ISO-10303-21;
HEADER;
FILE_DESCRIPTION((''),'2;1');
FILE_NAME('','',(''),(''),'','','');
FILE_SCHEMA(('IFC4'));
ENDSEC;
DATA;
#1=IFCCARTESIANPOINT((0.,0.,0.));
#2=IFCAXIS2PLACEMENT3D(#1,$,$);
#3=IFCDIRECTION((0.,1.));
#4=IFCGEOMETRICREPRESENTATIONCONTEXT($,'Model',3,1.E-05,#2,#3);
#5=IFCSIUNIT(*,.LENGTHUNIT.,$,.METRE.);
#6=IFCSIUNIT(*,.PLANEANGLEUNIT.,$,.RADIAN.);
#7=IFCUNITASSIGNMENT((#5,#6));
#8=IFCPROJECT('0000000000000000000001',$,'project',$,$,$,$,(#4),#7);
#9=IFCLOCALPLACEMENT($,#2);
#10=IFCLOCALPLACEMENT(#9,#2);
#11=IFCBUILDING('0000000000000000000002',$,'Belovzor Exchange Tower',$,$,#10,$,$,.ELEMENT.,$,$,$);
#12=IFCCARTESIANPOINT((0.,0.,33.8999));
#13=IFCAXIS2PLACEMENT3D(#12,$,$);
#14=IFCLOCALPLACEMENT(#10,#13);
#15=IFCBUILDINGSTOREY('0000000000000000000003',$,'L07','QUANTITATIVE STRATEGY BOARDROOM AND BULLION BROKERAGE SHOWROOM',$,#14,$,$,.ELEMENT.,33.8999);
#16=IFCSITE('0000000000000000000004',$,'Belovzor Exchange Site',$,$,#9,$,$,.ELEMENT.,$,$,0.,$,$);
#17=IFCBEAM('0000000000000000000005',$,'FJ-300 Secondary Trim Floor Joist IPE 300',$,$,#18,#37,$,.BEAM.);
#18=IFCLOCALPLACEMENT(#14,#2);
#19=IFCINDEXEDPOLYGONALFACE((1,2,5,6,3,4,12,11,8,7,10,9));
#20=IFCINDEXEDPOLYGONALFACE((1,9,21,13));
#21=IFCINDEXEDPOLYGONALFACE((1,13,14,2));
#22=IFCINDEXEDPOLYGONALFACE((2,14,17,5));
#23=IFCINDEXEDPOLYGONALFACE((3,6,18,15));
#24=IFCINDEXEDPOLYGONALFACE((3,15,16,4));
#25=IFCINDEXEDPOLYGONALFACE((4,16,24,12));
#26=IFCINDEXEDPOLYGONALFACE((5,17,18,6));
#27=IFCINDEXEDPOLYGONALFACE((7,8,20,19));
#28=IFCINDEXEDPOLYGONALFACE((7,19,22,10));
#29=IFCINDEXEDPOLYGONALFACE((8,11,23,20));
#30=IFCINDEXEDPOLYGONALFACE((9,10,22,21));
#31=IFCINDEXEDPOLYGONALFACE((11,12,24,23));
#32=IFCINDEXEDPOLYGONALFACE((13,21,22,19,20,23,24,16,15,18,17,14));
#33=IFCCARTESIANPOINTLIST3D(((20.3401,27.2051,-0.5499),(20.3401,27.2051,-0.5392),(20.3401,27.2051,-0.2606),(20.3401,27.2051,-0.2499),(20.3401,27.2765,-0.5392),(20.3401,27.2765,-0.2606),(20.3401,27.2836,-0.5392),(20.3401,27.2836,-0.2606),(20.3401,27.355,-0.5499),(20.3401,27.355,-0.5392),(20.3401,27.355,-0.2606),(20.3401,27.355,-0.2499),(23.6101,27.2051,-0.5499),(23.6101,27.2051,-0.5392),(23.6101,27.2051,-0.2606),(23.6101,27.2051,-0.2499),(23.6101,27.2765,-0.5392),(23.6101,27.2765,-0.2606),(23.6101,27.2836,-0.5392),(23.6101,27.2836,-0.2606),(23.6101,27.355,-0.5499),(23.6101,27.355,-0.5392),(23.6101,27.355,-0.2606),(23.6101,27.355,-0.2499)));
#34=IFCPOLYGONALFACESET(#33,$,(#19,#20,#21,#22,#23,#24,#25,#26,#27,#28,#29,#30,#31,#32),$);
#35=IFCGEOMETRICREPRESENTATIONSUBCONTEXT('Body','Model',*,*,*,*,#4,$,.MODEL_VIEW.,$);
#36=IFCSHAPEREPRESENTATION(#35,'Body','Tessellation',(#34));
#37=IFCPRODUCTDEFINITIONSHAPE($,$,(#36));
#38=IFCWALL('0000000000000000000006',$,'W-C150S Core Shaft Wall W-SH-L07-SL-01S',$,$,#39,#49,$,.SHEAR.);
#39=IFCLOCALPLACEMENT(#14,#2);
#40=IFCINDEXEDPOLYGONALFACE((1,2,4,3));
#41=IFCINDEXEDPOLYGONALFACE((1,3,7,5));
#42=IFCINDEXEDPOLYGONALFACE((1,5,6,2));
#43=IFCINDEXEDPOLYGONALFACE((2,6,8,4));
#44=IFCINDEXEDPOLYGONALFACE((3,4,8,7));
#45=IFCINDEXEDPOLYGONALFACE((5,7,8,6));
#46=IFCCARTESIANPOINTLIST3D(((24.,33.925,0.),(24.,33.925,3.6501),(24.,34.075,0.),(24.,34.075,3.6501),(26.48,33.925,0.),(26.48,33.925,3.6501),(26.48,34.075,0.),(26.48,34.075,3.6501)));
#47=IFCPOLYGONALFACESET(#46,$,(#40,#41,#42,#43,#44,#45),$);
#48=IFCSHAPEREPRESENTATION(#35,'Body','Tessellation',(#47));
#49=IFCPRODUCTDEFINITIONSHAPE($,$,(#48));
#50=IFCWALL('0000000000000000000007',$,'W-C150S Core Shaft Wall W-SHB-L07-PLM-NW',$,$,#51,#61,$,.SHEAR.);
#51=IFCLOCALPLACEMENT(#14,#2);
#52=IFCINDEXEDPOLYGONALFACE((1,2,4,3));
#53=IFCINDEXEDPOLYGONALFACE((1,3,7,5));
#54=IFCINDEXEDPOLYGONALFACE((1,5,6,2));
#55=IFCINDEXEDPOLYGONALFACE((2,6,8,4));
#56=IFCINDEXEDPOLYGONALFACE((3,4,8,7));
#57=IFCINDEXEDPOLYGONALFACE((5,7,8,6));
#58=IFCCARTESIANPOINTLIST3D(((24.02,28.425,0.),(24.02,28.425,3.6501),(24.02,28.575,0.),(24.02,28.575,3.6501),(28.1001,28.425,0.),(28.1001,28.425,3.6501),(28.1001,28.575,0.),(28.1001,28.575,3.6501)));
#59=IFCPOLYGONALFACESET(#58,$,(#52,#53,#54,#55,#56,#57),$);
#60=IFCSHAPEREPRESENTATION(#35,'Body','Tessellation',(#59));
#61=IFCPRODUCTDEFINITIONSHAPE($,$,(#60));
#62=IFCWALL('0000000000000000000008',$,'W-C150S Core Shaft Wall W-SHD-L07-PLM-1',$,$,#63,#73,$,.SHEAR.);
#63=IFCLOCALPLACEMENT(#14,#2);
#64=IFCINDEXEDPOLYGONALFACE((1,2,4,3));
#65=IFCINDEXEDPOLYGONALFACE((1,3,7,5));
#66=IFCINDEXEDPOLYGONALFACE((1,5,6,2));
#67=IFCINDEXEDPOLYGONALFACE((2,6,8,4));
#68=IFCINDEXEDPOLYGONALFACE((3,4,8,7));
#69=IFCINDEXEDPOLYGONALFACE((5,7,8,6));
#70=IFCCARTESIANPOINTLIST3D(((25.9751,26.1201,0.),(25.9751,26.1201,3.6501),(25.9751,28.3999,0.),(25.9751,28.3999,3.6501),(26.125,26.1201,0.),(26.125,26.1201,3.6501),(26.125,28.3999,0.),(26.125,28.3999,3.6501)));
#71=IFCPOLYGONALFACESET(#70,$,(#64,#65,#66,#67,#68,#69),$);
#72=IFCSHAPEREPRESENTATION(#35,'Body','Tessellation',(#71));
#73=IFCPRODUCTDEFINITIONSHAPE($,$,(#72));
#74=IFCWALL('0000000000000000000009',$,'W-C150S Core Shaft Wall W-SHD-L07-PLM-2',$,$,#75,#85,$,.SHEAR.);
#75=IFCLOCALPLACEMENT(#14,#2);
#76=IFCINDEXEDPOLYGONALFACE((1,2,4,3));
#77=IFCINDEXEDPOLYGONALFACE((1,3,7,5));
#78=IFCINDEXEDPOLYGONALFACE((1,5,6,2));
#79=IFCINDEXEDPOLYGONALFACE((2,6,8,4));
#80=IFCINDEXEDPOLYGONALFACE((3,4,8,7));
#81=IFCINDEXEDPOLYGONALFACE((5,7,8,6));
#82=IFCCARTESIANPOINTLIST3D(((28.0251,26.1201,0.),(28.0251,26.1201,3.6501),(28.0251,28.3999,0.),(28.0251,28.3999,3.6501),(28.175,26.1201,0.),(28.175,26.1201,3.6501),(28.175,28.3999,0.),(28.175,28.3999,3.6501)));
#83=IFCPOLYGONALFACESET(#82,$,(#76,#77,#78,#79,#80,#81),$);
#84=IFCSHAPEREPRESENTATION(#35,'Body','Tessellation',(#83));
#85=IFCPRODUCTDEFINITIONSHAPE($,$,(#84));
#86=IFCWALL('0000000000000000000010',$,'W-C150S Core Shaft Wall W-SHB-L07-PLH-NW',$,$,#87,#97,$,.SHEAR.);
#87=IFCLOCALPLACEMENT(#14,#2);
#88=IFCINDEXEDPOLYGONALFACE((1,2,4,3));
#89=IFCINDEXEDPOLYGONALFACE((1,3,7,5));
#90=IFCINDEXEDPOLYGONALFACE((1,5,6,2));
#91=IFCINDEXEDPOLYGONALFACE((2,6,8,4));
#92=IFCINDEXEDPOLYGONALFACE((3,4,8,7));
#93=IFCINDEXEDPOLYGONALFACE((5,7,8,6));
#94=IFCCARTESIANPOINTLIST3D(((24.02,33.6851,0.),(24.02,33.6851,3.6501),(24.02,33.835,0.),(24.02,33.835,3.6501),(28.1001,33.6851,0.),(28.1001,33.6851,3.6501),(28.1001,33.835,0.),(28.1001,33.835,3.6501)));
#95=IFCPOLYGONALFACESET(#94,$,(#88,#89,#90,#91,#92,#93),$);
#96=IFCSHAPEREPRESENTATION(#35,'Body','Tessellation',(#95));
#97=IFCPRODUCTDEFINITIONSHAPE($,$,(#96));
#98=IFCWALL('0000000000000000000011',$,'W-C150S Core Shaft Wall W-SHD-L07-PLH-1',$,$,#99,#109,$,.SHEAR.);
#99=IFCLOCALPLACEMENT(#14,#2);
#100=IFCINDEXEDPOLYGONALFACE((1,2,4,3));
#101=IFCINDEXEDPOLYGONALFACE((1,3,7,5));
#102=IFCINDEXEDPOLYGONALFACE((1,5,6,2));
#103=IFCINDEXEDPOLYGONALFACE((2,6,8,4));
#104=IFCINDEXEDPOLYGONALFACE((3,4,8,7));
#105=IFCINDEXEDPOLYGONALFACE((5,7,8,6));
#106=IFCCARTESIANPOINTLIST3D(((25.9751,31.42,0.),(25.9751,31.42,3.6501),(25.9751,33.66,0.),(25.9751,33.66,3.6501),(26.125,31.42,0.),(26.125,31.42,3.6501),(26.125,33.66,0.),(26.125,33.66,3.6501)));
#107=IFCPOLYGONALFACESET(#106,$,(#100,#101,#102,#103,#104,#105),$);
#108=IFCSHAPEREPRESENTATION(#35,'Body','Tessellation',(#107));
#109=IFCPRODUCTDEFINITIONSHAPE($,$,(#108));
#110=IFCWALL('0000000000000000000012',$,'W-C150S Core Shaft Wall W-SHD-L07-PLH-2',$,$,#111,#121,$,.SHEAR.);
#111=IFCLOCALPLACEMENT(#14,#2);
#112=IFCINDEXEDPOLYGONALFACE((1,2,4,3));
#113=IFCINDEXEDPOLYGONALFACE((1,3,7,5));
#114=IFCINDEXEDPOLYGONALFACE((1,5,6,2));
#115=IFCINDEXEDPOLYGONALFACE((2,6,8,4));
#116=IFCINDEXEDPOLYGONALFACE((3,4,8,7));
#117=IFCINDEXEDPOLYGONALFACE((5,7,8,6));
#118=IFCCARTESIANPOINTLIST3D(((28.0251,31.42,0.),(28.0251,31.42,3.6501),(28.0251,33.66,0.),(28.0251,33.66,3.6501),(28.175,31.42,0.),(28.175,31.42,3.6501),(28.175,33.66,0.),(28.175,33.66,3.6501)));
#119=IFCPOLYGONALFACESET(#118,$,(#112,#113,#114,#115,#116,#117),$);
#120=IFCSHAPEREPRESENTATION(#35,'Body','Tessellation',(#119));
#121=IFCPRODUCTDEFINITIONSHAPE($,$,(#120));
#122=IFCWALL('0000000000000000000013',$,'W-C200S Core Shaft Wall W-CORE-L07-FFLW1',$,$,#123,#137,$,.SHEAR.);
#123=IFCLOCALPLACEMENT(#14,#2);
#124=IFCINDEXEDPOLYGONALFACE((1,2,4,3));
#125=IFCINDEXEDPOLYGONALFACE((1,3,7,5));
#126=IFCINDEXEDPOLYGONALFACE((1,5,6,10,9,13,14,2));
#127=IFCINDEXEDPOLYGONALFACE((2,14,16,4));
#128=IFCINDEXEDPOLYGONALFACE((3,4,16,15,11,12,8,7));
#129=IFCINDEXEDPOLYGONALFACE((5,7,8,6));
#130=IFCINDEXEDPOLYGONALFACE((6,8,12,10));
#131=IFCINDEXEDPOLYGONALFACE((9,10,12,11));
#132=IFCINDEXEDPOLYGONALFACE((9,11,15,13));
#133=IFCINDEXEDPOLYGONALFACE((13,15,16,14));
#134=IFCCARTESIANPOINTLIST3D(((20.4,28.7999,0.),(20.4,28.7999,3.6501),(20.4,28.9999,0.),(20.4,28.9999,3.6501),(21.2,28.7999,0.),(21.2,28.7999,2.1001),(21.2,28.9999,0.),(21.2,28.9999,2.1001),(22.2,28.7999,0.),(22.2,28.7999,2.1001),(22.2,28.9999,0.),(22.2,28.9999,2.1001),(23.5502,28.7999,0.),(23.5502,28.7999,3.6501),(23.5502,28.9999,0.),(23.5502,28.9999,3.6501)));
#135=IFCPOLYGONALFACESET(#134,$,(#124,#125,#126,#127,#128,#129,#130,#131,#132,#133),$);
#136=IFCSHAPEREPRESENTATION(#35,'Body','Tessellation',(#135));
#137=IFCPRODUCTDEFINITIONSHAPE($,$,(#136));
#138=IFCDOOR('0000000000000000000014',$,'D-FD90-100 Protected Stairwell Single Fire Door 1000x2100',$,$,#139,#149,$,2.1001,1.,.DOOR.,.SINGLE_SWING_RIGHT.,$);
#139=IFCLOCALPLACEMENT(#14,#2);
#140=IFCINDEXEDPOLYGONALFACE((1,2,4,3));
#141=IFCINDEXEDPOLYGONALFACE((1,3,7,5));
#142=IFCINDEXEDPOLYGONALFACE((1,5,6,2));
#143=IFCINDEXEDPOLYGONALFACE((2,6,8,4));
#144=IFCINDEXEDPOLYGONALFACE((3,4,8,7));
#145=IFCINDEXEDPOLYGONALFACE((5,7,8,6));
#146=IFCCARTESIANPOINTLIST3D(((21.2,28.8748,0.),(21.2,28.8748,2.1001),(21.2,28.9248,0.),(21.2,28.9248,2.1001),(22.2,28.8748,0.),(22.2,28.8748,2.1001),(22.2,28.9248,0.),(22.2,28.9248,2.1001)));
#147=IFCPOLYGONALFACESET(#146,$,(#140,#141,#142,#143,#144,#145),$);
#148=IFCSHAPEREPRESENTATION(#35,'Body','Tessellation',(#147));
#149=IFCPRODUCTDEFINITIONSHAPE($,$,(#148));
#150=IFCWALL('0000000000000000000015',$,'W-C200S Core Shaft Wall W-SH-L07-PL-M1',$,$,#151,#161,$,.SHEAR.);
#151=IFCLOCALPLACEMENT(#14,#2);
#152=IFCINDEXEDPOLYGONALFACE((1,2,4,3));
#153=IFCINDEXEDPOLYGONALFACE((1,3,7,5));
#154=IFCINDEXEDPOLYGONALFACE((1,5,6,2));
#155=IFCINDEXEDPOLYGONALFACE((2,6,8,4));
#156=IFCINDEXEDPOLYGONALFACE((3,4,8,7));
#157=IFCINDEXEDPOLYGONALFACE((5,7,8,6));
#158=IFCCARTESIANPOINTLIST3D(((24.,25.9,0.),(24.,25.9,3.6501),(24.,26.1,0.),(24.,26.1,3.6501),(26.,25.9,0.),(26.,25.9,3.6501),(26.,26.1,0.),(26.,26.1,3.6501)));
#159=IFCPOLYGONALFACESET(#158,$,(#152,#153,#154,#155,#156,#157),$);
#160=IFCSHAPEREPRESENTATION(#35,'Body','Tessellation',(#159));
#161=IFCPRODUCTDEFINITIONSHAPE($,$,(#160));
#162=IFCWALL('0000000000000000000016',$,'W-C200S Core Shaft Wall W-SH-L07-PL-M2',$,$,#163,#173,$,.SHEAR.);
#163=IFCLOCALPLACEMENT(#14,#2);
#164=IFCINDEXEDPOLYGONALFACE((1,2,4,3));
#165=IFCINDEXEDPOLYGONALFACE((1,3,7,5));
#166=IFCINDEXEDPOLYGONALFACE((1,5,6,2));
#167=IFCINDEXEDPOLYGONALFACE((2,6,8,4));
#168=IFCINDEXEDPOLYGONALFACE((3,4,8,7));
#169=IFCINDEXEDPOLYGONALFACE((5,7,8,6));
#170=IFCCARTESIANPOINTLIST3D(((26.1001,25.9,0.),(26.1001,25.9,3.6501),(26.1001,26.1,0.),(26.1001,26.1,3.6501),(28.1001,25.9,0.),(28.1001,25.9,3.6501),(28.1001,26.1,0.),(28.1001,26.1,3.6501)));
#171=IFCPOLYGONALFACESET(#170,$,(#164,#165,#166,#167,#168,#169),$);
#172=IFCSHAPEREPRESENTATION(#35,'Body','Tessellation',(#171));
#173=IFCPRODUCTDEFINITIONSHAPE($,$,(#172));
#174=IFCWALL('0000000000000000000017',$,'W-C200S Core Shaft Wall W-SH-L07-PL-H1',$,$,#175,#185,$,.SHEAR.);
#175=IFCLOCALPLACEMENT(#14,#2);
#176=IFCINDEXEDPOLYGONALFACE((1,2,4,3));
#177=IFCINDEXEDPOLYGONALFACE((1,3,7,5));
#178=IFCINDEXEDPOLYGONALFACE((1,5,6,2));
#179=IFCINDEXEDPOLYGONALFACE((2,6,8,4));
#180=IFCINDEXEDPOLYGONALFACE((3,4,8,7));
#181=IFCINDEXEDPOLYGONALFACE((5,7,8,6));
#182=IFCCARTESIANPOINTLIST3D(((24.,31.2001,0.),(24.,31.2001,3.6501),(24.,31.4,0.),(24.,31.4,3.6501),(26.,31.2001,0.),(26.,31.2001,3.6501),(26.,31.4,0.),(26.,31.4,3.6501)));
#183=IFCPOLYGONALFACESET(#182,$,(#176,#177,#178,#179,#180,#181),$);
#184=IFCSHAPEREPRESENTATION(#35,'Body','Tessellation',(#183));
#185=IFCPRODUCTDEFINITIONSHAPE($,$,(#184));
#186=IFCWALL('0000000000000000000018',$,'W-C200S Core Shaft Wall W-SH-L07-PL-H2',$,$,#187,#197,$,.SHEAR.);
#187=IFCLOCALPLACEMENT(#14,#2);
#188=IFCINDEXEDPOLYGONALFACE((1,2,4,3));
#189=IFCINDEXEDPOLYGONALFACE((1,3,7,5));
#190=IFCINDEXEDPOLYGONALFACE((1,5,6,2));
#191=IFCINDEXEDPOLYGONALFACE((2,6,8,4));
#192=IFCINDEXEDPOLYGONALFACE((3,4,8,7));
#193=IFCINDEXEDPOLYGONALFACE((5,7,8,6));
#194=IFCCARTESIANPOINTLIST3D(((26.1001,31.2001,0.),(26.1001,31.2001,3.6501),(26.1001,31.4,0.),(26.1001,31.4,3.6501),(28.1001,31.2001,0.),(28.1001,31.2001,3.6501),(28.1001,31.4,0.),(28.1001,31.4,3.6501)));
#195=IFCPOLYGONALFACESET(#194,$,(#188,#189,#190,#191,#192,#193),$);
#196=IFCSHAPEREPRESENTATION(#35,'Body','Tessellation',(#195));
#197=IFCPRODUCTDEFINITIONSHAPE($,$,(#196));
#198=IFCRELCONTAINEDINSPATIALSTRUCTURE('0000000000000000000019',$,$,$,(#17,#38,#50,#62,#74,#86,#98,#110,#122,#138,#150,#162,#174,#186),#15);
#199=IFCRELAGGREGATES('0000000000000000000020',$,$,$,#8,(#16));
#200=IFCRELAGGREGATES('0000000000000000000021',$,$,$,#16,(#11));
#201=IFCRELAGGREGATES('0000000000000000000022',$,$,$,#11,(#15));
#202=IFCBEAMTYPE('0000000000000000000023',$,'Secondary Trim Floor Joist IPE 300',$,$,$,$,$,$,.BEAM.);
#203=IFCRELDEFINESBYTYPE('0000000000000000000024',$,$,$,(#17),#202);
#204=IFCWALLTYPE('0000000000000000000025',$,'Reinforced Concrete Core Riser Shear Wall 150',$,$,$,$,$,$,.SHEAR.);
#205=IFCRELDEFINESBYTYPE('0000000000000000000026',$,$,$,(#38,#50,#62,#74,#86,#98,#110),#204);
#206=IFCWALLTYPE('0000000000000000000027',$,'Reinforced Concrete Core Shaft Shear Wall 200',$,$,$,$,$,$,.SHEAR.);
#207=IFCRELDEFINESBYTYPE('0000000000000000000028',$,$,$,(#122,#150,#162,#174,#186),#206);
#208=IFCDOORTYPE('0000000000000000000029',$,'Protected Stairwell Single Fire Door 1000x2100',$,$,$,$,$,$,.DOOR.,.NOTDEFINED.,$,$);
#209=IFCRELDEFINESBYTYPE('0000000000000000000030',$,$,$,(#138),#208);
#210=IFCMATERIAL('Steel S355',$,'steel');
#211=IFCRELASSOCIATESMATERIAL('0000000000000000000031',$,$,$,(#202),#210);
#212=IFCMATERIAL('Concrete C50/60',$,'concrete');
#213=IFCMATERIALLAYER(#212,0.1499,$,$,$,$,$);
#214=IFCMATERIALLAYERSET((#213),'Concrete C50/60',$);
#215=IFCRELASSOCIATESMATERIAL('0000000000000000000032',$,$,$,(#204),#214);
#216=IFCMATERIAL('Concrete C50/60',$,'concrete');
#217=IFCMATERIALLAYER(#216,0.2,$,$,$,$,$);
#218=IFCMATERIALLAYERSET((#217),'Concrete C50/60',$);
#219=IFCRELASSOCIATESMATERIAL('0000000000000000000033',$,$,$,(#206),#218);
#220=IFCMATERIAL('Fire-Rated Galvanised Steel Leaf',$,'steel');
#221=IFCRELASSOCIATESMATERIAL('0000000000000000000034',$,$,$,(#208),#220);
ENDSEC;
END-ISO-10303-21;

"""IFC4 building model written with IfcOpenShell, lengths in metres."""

from ifc_helpers import new_model, si_unit, direction, frame, frame_2d, origin, origin_2d, place, context, subcontext, project, spatial, rectangle, i_section, extrude, material, layer, layer_set, material_profile, profile_set, type_object, element, fill, save


model = new_model("IFC4")

# Units and contexts
model_context = context("Model", 3, precision=1e-05, world=origin(), true_north=direction((0.0, 1.0)))
body_context = subcontext(model_context, "Body", "Model", "MODEL_VIEW")
ifc_project = project(units=[si_unit("LENGTHUNIT", "METRE"), si_unit("PLANEANGLEUNIT", "RADIAN")], contexts=[model_context])

# Site, building, storey
site_placement = place(None, origin())
site = spatial("IfcSite", under=ifc_project, at=site_placement, Name="Belovzor Exchange Site", CompositionType="ELEMENT", RefElevation=0.0)
building_placement = place(site_placement, origin())
building = spatial("IfcBuilding", under=site, at=building_placement, Name="Belovzor Exchange Tower", CompositionType="ELEMENT")
storey_placement = place(building_placement, frame((0.0, 0.0, 33.8999)))
storey = spatial("IfcBuildingStorey", under=building, at=storey_placement, Name="L07", Description="QUANTITATIVE STRATEGY BOARDROOM AND BULLION BROKERAGE SHOWROOM", CompositionType="ELEMENT", Elevation=33.8999)

# Beam
ifc_material_1 = material(Name="Steel S355", Category="steel")
ifc_material_profile = material_profile(ifc_material_1, i_section(OverallWidth=0.1499, OverallDepth=0.3, WebThickness=0.0071, FlangeThickness=0.0107, at=origin_2d()))
ifc_profile_set = profile_set([ifc_material_profile], Name="Steel S355")
beam_type = type_object("IfcBeamType", Name="Secondary Trim Floor Joist IPE 300", PredefinedType="BEAM", material=ifc_profile_set)
beam_placement = place(storey_placement, frame((20.3401, 27.28, -0.3999), z_axis=(1.0, 0.0, 0.0), x_axis=(0.0, 1.0, 0.0)))
element("IfcBeam", 1, at=beam_placement, inside=storey, type_object=beam_type, Name="FJ-300 Secondary Trim Floor Joist IPE 300", PredefinedType="BEAM", context=body_context, shape_type="SweptSolid", body=[
    extrude(i_section(OverallWidth=0.1499, OverallDepth=0.3, WebThickness=0.0071, FlangeThickness=0.0107, at=origin_2d()), origin(), (0.0, 0.0, 1.0), 3.27),
])

# Walls
ifc_material_2 = material(Name="Concrete C50/60", Category="concrete")
ifc_layer_1 = layer(ifc_material_2, 0.1499)
ifc_layer_set_1 = layer_set([ifc_layer_1], Name="Concrete C50/60")
wall_type_1 = type_object("IfcWallType", Name="Reinforced Concrete Core Riser Shear Wall 150", PredefinedType="SHEAR", material=ifc_layer_set_1)
wall_1_placement = place(storey_placement, frame((24.0, 34.0, 0.0), z_axis=(0.0, 0.0, 1.0), x_axis=(1.0, 0.0, 0.0)))
element("IfcWall", 2, at=wall_1_placement, inside=storey, type_object=wall_type_1, Name="W-C150S Core Shaft Wall W-SH-L07-SL-01S", PredefinedType="SHEAR", context=body_context, shape_type="SweptSolid", body=[
    extrude(rectangle(XDim=2.48, YDim=0.1499, at=frame_2d((1.24, 0.0))), origin(), (0.0, 0.0, 1.0), 3.6501),
])
wall_2_placement = place(storey_placement, frame((24.02, 28.5, 0.0), z_axis=(0.0, 0.0, 1.0), x_axis=(1.0, 0.0, 0.0)))
element("IfcWall", 3, at=wall_2_placement, inside=storey, type_object=wall_type_1, Name="W-C150S Core Shaft Wall W-SHB-L07-PLM-NW", PredefinedType="SHEAR", context=body_context, shape_type="SweptSolid", body=[
    extrude(rectangle(XDim=4.0801, YDim=0.1499, at=frame_2d((2.04, 0.0))), origin(), (0.0, 0.0, 1.0), 3.6501),
])
for number, where, z_axis, x_axis, name in (
    (4, (26.05, 26.1201, 0.0), (0.0, 0.0, 1.0), (0.0, 1.0, 0.0), "W-C150S Core Shaft Wall W-SHD-L07-PLM-1"),
    (5, (28.1001, 26.1201, 0.0), (0.0, 0.0, 1.0), (0.0, 1.0, 0.0), "W-C150S Core Shaft Wall W-SHD-L07-PLM-2"),
):
    element("IfcWall", number, at=place(storey_placement, frame(where, z_axis=z_axis, x_axis=x_axis)), inside=storey, type_object=wall_type_1, Name=name, PredefinedType="SHEAR", context=body_context, shape_type="SweptSolid", body=[
        extrude(rectangle(XDim=2.2798, YDim=0.1499, at=frame_2d((1.1399, 0.0))), origin(), (0.0, 0.0, 1.0), 3.6501),
    ])
wall_3_placement = place(storey_placement, frame((24.02, 33.76, 0.0), z_axis=(0.0, 0.0, 1.0), x_axis=(1.0, 0.0, 0.0)))
element("IfcWall", 6, at=wall_3_placement, inside=storey, type_object=wall_type_1, Name="W-C150S Core Shaft Wall W-SHB-L07-PLH-NW", PredefinedType="SHEAR", context=body_context, shape_type="SweptSolid", body=[
    extrude(rectangle(XDim=4.0801, YDim=0.1499, at=frame_2d((2.04, 0.0))), origin(), (0.0, 0.0, 1.0), 3.6501),
])
for number, where, z_axis, x_axis, name in (
    (7, (26.05, 31.4199, 0.0), (0.0, 0.0, 1.0), (0.0, 1.0, 0.0), "W-C150S Core Shaft Wall W-SHD-L07-PLH-1"),
    (8, (28.1001, 31.4199, 0.0), (0.0, 0.0, 1.0), (0.0, 1.0, 0.0), "W-C150S Core Shaft Wall W-SHD-L07-PLH-2"),
):
    element("IfcWall", number, at=place(storey_placement, frame(where, z_axis=z_axis, x_axis=x_axis)), inside=storey, type_object=wall_type_1, Name=name, PredefinedType="SHEAR", context=body_context, shape_type="SweptSolid", body=[
        extrude(rectangle(XDim=2.24, YDim=0.1499, at=frame_2d((1.1201, 0.0))), origin(), (0.0, 0.0, 1.0), 3.6501),
    ])

# Wall, opening, door
ifc_material_3 = material(Name="Concrete C50/60", Category="concrete")
ifc_layer_2 = layer(ifc_material_3, 0.2)
ifc_layer_set_2 = layer_set([ifc_layer_2], Name="Concrete C50/60")
wall_type_2 = type_object("IfcWallType", Name="Reinforced Concrete Core Shaft Shear Wall 200", PredefinedType="SHEAR", material=ifc_layer_set_2)
wall_4_placement = place(storey_placement, frame((20.3999, 28.8999, 0.0), z_axis=(0.0, 0.0, 1.0), x_axis=(1.0, 0.0, 0.0)))
wall_4 = element("IfcWall", 9, at=wall_4_placement, inside=storey, type_object=wall_type_2, Name="W-C200S Core Shaft Wall W-CORE-L07-FFLW1", PredefinedType="SHEAR", context=body_context, shape_type="SweptSolid", body=[
    extrude(rectangle(XDim=3.1501, YDim=0.2, at=frame_2d((1.5752, 0.0))), origin(), (0.0, 0.0, 1.0), 3.6501),
])
opening_1_placement = place(wall_4_placement, frame((0.8, 0.0, 0.0)))
opening_1 = element("IfcOpeningElement", 10, at=opening_1_placement, cuts=wall_4, PredefinedType="OPENING", context=body_context, shape_type="SweptSolid", body=[
    extrude(rectangle(XDim=1.0, YDim=2.1001, at=frame_2d((0.5, 1.05))), frame((0.0, 0.1099, 0.0), z_axis=(0.0, -1.0, 0.0), x_axis=(1.0, 0.0, 0.0)), (0.0, 0.0, 1.0), 0.22),
])
ifc_material_4 = material(Name="Fire-Rated Galvanised Steel Leaf", Category="steel")
door_type_1 = type_object("IfcDoorType", Name="Protected Stairwell Single Fire Door 1000x2100", OperationType="NOTDEFINED", PredefinedType="DOOR", material=ifc_material_4)
door_1_placement = place(opening_1_placement, origin())
door_1 = element("IfcDoor", 11, at=door_1_placement, inside=storey, type_object=door_type_1, Name="D-FD90-100 Protected Stairwell Single Fire Door 1000x2100", OperationType="SINGLE_SWING_RIGHT", OverallHeight=2.1001, OverallWidth=1.0, PredefinedType="DOOR", context=body_context, shape_type="SweptSolid", body=[
    extrude(rectangle(XDim=1.0, YDim=2.1001, at=frame_2d((0.5, 1.05))), frame((0.0, 0.0249, 0.0), z_axis=(0.0, -1.0, 0.0), x_axis=(1.0, 0.0, 0.0)), (0.0, 0.0, 1.0), 0.05),
])
fill(opening_1, door_1)

# Walls
for number, where, z_axis, x_axis, name in (
    (12, (24.0, 26.0, 0.0), (0.0, 0.0, 1.0), (1.0, 0.0, 0.0), "W-C200S Core Shaft Wall W-SH-L07-PL-M1"),
    (13, (26.1001, 26.0, 0.0), (0.0, 0.0, 1.0), (1.0, 0.0, 0.0), "W-C200S Core Shaft Wall W-SH-L07-PL-M2"),
    (14, (24.0, 31.3, 0.0), (0.0, 0.0, 1.0), (1.0, 0.0, 0.0), "W-C200S Core Shaft Wall W-SH-L07-PL-H1"),
    (15, (26.1001, 31.3, 0.0), (0.0, 0.0, 1.0), (1.0, 0.0, 0.0), "W-C200S Core Shaft Wall W-SH-L07-PL-H2"),
):
    element("IfcWall", number, at=place(storey_placement, frame(where, z_axis=z_axis, x_axis=x_axis)), inside=storey, type_object=wall_type_2, Name=name, PredefinedType="SHEAR", context=body_context, shape_type="SweptSolid", body=[
        extrude(rectangle(XDim=2.0, YDim=0.2, at=frame_2d((1.0, 0.0))), origin(), (0.0, 0.0, 1.0), 3.6501),
    ])

save(model, "model.ifc")
